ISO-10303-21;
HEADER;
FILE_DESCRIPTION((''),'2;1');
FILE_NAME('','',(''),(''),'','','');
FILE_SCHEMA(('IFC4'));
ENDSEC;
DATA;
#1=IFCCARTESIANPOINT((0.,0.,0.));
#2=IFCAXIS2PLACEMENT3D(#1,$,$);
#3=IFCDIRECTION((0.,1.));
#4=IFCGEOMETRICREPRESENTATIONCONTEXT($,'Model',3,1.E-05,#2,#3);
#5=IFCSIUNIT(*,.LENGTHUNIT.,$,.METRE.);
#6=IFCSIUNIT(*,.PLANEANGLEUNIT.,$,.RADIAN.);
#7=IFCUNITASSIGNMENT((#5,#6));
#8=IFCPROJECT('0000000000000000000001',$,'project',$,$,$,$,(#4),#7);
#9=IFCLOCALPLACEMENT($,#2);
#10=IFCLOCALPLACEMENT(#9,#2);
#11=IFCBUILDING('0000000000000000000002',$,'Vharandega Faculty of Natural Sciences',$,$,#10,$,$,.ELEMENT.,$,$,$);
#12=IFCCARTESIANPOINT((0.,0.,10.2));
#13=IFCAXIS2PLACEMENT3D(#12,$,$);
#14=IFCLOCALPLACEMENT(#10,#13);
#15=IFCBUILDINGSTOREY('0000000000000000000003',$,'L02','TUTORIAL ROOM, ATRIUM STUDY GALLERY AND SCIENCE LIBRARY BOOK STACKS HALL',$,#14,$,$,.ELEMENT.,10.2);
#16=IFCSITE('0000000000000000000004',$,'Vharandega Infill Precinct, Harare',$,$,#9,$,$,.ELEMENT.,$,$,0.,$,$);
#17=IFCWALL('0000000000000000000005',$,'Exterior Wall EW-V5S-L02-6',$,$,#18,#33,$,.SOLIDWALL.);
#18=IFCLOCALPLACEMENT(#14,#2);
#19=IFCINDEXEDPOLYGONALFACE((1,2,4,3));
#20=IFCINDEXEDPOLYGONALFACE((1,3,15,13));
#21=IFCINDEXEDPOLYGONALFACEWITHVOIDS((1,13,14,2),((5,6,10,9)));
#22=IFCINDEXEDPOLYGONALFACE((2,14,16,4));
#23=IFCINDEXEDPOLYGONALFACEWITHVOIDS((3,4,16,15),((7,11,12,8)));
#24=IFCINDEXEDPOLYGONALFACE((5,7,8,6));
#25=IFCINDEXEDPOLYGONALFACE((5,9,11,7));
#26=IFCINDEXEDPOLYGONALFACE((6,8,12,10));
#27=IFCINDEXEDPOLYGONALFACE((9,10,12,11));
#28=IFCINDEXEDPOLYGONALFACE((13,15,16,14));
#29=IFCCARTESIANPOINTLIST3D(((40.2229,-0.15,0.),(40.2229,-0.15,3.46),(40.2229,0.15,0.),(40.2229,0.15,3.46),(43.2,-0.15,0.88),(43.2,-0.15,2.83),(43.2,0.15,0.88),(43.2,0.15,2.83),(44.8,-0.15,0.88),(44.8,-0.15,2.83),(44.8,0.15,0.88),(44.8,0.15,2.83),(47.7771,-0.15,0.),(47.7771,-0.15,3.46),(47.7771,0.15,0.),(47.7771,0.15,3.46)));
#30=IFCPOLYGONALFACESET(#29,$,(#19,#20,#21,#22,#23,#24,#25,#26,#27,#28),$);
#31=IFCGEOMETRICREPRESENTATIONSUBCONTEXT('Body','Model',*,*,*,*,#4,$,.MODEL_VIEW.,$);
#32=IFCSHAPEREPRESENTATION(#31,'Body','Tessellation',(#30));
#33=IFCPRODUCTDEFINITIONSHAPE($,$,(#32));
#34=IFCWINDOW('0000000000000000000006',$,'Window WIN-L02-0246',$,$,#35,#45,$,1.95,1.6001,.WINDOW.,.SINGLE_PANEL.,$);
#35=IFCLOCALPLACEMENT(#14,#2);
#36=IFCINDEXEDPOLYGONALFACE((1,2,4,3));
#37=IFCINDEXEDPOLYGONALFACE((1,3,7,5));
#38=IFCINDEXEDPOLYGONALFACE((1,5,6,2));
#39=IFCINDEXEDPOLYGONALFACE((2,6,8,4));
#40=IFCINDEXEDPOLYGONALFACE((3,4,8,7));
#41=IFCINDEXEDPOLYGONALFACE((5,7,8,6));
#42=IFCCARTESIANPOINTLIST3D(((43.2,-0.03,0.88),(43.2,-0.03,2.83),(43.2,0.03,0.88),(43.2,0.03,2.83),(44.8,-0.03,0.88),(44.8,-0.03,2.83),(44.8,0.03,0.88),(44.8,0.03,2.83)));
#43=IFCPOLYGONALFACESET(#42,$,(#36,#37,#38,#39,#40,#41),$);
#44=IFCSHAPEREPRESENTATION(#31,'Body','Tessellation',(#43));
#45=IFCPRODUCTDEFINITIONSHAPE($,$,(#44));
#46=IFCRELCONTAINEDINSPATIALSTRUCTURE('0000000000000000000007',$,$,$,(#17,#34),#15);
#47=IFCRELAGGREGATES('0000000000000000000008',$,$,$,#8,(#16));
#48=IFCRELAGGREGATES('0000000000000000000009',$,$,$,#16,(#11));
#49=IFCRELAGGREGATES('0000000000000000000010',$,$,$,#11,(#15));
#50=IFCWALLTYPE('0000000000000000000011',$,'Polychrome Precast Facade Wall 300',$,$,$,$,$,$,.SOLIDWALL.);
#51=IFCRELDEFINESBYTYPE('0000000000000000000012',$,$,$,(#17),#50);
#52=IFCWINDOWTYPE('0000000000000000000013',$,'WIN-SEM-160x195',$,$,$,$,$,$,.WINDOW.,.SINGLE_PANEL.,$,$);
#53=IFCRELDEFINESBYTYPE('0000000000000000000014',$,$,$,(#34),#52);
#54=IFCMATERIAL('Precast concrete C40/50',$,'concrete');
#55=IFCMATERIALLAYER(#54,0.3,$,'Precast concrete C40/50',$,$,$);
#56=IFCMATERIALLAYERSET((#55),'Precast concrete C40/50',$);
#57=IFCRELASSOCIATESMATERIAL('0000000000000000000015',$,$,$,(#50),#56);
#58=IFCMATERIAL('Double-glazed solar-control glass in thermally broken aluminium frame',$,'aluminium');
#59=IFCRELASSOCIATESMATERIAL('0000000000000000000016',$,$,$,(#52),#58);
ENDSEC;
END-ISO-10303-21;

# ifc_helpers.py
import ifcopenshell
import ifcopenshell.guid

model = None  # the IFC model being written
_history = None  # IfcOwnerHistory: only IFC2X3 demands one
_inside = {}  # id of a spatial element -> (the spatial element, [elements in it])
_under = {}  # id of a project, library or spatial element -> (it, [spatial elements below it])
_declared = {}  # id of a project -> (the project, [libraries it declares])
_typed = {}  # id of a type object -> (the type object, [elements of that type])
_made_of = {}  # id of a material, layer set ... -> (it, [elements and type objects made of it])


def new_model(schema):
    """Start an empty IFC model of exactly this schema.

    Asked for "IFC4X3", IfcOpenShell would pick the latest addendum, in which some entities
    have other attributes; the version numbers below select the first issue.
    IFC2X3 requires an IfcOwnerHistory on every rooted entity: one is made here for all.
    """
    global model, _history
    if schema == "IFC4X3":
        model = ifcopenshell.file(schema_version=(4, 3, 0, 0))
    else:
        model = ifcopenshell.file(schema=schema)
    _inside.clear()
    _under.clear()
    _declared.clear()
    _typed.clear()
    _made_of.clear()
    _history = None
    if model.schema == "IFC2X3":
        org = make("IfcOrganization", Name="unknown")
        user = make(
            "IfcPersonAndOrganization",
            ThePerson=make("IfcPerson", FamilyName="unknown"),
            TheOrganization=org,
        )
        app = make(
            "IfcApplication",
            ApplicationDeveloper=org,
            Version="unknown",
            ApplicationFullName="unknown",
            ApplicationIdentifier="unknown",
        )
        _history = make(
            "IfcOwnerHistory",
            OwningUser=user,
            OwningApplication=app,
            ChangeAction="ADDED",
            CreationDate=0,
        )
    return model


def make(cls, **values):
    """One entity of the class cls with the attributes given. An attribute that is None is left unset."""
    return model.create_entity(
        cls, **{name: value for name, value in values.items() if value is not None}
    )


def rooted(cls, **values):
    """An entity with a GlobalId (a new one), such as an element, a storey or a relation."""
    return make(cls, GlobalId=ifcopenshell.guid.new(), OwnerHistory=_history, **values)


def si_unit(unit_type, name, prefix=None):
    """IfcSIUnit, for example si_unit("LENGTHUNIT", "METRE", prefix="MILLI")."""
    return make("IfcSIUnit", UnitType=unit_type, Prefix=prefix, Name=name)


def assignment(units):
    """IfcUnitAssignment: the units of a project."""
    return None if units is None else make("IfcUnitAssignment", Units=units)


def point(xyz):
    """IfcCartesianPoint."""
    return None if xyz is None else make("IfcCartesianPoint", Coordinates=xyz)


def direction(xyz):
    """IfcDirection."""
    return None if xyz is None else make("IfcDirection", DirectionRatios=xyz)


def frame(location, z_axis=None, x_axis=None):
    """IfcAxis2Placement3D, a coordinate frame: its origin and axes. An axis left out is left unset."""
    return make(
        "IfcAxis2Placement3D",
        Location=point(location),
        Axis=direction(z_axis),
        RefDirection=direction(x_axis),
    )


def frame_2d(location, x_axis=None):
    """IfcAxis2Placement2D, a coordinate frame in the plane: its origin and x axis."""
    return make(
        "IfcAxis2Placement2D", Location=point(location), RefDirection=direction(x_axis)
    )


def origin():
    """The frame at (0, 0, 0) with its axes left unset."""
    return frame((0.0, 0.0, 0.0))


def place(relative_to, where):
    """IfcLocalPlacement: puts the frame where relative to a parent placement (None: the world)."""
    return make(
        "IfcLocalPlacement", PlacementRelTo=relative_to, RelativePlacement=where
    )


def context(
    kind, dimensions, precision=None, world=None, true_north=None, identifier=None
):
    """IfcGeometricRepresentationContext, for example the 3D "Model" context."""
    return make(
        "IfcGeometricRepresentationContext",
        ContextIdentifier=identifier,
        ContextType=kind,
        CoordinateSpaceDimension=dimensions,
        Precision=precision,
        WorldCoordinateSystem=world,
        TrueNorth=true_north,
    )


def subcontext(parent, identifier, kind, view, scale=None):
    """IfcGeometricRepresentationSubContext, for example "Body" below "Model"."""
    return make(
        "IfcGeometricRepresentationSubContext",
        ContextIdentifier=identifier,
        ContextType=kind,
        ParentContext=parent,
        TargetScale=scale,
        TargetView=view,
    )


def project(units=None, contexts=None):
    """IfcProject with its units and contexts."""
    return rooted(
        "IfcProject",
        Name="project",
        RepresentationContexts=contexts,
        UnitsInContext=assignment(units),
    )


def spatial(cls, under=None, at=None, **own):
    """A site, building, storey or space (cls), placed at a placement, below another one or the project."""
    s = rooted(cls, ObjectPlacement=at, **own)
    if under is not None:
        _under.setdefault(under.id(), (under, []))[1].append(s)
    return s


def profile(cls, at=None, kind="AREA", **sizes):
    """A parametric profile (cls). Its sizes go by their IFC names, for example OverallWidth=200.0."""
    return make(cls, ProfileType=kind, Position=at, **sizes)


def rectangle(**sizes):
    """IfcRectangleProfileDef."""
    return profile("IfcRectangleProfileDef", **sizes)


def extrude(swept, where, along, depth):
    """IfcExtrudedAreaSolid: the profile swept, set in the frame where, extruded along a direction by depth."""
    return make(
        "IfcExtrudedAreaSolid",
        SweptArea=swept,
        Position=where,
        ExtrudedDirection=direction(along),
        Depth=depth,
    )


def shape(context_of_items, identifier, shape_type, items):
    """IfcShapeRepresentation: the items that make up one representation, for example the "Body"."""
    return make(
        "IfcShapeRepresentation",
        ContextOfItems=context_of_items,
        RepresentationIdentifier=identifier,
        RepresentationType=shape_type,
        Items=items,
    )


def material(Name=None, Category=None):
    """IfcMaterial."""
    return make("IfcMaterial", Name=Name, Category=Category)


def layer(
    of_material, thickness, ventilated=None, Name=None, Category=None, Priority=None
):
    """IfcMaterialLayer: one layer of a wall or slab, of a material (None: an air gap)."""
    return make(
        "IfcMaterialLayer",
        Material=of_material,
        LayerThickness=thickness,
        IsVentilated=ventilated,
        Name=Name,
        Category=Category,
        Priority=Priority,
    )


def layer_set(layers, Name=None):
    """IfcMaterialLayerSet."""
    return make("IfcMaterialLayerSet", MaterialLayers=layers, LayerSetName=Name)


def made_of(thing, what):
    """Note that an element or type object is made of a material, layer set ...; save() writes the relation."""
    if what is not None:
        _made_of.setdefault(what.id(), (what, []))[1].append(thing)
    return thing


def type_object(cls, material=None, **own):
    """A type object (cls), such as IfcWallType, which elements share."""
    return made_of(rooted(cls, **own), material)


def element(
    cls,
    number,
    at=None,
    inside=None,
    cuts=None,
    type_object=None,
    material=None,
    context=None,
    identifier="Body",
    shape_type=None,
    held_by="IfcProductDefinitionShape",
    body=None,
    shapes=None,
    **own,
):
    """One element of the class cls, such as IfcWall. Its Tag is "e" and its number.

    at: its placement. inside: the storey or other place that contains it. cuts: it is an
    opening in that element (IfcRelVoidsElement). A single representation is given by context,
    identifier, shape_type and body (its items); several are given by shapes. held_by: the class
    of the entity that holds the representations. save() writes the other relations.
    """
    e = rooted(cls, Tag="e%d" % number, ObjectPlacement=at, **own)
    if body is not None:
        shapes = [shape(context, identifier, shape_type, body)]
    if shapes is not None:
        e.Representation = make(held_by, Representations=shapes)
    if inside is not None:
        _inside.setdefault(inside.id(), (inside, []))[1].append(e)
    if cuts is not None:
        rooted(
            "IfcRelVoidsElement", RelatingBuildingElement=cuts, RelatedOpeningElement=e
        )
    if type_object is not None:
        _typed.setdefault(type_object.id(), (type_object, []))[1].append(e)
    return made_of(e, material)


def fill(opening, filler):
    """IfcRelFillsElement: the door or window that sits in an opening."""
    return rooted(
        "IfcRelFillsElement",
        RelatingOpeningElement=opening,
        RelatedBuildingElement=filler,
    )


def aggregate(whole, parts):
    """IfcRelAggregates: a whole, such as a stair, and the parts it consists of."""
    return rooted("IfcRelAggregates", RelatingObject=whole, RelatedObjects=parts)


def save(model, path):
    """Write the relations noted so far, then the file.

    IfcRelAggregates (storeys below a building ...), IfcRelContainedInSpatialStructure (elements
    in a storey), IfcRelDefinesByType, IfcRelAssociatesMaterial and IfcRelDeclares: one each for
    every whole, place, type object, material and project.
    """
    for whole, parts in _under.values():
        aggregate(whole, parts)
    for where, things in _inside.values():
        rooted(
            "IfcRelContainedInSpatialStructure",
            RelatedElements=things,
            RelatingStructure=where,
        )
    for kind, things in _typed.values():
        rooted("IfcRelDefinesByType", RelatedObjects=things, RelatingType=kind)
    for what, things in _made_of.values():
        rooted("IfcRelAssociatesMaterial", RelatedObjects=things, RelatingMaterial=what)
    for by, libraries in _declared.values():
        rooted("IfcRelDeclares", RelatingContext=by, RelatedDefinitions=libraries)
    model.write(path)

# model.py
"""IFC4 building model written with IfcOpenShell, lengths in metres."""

from ifc_helpers import new_model, si_unit, direction, frame, frame_2d, origin, place, context, subcontext, project, spatial, rectangle, extrude, material, layer, layer_set, type_object, element, fill, save


model = new_model("IFC4")

# Units and contexts
model_context = context("Model", 3, precision=1e-05, world=origin(), true_north=direction((0.0, 1.0)))
body_context = subcontext(model_context, "Body", "Model", "MODEL_VIEW")
ifc_project = project(units=[si_unit("LENGTHUNIT", "METRE"), si_unit("PLANEANGLEUNIT", "RADIAN")], contexts=[model_context])

# Site, building, storey
site_placement = place(None, origin())
site = spatial("IfcSite", under=ifc_project, at=site_placement, Name="Vharandega Infill Precinct, Harare", CompositionType="ELEMENT", RefElevation=0.0)
building_placement = place(site_placement, origin())
building = spatial("IfcBuilding", under=site, at=building_placement, Name="Vharandega Faculty of Natural Sciences", CompositionType="ELEMENT")
storey_placement = place(building_placement, frame((0.0, 0.0, 10.2)))
storey = spatial("IfcBuildingStorey", under=building, at=storey_placement, Name="L02", Description="TUTORIAL ROOM, ATRIUM STUDY GALLERY AND SCIENCE LIBRARY BOOK STACKS HALL", CompositionType="ELEMENT", Elevation=10.2)

# Wall, opening, window
ifc_material_1 = material(Name="Precast concrete C40/50", Category="concrete")
ifc_layer_1 = layer(ifc_material_1, 0.3, Name="Precast concrete C40/50")
ifc_layer_set_1 = layer_set([ifc_layer_1], Name="Precast concrete C40/50")
wall_type = type_object("IfcWallType", Name="Polychrome Precast Facade Wall 300", PredefinedType="SOLIDWALL", material=ifc_layer_set_1)
wall_placement = place(storey_placement, frame((47.7771, 0.0, 0.0), z_axis=(0.0, 0.0, 1.0), x_axis=(-1.0, 0.0, 0.0)))
wall = element("IfcWall", 1, at=wall_placement, inside=storey, type_object=wall_type, Name="Exterior Wall EW-V5S-L02-6", PredefinedType="SOLIDWALL", context=body_context, shape_type="SweptSolid", body=[
    extrude(rectangle(XDim=7.5542, YDim=0.3, at=frame_2d((3.7771, 0.0))), origin(), (0.0, 0.0, 1.0), 3.46),
])
opening_placement = place(wall_placement, frame((2.9771, 0.0, 0.8799)))
opening = element("IfcOpeningElement", 2, at=opening_placement, cuts=wall, PredefinedType="OPENING", context=body_context, shape_type="SweptSolid", body=[
    extrude(rectangle(XDim=1.6001, YDim=1.95, at=frame_2d((0.8, 0.9751))), frame((0.0, 0.1602, 0.0), z_axis=(0.0, -1.0, 0.0), x_axis=(1.0, 0.0, 0.0)), (0.0, 0.0, 1.0), 0.3201),
])
ifc_material_2 = material(Name="Double-glazed solar-control glass in thermally broken aluminium frame", Category="aluminium")
window_type = type_object("IfcWindowType", Name="WIN-SEM-160x195", PartitioningType="SINGLE_PANEL", PredefinedType="WINDOW", material=ifc_material_2)
window_placement = place(opening_placement, origin())
window = element("IfcWindow", 3, at=window_placement, inside=storey, type_object=window_type, Name="Window WIN-L02-0246", OverallHeight=1.95, OverallWidth=1.6001, PartitioningType="SINGLE_PANEL", PredefinedType="WINDOW", context=body_context, shape_type="SweptSolid", body=[
    extrude(rectangle(XDim=1.6001, YDim=1.95, at=frame_2d((0.8, 0.9751))), frame((0.0, 0.03, 0.0), z_axis=(0.0, -1.0, 0.0), x_axis=(1.0, 0.0, 0.0)), (0.0, 0.0, 1.0), 0.0601),
])
fill(opening, window)

save(model, "model.ifc")
